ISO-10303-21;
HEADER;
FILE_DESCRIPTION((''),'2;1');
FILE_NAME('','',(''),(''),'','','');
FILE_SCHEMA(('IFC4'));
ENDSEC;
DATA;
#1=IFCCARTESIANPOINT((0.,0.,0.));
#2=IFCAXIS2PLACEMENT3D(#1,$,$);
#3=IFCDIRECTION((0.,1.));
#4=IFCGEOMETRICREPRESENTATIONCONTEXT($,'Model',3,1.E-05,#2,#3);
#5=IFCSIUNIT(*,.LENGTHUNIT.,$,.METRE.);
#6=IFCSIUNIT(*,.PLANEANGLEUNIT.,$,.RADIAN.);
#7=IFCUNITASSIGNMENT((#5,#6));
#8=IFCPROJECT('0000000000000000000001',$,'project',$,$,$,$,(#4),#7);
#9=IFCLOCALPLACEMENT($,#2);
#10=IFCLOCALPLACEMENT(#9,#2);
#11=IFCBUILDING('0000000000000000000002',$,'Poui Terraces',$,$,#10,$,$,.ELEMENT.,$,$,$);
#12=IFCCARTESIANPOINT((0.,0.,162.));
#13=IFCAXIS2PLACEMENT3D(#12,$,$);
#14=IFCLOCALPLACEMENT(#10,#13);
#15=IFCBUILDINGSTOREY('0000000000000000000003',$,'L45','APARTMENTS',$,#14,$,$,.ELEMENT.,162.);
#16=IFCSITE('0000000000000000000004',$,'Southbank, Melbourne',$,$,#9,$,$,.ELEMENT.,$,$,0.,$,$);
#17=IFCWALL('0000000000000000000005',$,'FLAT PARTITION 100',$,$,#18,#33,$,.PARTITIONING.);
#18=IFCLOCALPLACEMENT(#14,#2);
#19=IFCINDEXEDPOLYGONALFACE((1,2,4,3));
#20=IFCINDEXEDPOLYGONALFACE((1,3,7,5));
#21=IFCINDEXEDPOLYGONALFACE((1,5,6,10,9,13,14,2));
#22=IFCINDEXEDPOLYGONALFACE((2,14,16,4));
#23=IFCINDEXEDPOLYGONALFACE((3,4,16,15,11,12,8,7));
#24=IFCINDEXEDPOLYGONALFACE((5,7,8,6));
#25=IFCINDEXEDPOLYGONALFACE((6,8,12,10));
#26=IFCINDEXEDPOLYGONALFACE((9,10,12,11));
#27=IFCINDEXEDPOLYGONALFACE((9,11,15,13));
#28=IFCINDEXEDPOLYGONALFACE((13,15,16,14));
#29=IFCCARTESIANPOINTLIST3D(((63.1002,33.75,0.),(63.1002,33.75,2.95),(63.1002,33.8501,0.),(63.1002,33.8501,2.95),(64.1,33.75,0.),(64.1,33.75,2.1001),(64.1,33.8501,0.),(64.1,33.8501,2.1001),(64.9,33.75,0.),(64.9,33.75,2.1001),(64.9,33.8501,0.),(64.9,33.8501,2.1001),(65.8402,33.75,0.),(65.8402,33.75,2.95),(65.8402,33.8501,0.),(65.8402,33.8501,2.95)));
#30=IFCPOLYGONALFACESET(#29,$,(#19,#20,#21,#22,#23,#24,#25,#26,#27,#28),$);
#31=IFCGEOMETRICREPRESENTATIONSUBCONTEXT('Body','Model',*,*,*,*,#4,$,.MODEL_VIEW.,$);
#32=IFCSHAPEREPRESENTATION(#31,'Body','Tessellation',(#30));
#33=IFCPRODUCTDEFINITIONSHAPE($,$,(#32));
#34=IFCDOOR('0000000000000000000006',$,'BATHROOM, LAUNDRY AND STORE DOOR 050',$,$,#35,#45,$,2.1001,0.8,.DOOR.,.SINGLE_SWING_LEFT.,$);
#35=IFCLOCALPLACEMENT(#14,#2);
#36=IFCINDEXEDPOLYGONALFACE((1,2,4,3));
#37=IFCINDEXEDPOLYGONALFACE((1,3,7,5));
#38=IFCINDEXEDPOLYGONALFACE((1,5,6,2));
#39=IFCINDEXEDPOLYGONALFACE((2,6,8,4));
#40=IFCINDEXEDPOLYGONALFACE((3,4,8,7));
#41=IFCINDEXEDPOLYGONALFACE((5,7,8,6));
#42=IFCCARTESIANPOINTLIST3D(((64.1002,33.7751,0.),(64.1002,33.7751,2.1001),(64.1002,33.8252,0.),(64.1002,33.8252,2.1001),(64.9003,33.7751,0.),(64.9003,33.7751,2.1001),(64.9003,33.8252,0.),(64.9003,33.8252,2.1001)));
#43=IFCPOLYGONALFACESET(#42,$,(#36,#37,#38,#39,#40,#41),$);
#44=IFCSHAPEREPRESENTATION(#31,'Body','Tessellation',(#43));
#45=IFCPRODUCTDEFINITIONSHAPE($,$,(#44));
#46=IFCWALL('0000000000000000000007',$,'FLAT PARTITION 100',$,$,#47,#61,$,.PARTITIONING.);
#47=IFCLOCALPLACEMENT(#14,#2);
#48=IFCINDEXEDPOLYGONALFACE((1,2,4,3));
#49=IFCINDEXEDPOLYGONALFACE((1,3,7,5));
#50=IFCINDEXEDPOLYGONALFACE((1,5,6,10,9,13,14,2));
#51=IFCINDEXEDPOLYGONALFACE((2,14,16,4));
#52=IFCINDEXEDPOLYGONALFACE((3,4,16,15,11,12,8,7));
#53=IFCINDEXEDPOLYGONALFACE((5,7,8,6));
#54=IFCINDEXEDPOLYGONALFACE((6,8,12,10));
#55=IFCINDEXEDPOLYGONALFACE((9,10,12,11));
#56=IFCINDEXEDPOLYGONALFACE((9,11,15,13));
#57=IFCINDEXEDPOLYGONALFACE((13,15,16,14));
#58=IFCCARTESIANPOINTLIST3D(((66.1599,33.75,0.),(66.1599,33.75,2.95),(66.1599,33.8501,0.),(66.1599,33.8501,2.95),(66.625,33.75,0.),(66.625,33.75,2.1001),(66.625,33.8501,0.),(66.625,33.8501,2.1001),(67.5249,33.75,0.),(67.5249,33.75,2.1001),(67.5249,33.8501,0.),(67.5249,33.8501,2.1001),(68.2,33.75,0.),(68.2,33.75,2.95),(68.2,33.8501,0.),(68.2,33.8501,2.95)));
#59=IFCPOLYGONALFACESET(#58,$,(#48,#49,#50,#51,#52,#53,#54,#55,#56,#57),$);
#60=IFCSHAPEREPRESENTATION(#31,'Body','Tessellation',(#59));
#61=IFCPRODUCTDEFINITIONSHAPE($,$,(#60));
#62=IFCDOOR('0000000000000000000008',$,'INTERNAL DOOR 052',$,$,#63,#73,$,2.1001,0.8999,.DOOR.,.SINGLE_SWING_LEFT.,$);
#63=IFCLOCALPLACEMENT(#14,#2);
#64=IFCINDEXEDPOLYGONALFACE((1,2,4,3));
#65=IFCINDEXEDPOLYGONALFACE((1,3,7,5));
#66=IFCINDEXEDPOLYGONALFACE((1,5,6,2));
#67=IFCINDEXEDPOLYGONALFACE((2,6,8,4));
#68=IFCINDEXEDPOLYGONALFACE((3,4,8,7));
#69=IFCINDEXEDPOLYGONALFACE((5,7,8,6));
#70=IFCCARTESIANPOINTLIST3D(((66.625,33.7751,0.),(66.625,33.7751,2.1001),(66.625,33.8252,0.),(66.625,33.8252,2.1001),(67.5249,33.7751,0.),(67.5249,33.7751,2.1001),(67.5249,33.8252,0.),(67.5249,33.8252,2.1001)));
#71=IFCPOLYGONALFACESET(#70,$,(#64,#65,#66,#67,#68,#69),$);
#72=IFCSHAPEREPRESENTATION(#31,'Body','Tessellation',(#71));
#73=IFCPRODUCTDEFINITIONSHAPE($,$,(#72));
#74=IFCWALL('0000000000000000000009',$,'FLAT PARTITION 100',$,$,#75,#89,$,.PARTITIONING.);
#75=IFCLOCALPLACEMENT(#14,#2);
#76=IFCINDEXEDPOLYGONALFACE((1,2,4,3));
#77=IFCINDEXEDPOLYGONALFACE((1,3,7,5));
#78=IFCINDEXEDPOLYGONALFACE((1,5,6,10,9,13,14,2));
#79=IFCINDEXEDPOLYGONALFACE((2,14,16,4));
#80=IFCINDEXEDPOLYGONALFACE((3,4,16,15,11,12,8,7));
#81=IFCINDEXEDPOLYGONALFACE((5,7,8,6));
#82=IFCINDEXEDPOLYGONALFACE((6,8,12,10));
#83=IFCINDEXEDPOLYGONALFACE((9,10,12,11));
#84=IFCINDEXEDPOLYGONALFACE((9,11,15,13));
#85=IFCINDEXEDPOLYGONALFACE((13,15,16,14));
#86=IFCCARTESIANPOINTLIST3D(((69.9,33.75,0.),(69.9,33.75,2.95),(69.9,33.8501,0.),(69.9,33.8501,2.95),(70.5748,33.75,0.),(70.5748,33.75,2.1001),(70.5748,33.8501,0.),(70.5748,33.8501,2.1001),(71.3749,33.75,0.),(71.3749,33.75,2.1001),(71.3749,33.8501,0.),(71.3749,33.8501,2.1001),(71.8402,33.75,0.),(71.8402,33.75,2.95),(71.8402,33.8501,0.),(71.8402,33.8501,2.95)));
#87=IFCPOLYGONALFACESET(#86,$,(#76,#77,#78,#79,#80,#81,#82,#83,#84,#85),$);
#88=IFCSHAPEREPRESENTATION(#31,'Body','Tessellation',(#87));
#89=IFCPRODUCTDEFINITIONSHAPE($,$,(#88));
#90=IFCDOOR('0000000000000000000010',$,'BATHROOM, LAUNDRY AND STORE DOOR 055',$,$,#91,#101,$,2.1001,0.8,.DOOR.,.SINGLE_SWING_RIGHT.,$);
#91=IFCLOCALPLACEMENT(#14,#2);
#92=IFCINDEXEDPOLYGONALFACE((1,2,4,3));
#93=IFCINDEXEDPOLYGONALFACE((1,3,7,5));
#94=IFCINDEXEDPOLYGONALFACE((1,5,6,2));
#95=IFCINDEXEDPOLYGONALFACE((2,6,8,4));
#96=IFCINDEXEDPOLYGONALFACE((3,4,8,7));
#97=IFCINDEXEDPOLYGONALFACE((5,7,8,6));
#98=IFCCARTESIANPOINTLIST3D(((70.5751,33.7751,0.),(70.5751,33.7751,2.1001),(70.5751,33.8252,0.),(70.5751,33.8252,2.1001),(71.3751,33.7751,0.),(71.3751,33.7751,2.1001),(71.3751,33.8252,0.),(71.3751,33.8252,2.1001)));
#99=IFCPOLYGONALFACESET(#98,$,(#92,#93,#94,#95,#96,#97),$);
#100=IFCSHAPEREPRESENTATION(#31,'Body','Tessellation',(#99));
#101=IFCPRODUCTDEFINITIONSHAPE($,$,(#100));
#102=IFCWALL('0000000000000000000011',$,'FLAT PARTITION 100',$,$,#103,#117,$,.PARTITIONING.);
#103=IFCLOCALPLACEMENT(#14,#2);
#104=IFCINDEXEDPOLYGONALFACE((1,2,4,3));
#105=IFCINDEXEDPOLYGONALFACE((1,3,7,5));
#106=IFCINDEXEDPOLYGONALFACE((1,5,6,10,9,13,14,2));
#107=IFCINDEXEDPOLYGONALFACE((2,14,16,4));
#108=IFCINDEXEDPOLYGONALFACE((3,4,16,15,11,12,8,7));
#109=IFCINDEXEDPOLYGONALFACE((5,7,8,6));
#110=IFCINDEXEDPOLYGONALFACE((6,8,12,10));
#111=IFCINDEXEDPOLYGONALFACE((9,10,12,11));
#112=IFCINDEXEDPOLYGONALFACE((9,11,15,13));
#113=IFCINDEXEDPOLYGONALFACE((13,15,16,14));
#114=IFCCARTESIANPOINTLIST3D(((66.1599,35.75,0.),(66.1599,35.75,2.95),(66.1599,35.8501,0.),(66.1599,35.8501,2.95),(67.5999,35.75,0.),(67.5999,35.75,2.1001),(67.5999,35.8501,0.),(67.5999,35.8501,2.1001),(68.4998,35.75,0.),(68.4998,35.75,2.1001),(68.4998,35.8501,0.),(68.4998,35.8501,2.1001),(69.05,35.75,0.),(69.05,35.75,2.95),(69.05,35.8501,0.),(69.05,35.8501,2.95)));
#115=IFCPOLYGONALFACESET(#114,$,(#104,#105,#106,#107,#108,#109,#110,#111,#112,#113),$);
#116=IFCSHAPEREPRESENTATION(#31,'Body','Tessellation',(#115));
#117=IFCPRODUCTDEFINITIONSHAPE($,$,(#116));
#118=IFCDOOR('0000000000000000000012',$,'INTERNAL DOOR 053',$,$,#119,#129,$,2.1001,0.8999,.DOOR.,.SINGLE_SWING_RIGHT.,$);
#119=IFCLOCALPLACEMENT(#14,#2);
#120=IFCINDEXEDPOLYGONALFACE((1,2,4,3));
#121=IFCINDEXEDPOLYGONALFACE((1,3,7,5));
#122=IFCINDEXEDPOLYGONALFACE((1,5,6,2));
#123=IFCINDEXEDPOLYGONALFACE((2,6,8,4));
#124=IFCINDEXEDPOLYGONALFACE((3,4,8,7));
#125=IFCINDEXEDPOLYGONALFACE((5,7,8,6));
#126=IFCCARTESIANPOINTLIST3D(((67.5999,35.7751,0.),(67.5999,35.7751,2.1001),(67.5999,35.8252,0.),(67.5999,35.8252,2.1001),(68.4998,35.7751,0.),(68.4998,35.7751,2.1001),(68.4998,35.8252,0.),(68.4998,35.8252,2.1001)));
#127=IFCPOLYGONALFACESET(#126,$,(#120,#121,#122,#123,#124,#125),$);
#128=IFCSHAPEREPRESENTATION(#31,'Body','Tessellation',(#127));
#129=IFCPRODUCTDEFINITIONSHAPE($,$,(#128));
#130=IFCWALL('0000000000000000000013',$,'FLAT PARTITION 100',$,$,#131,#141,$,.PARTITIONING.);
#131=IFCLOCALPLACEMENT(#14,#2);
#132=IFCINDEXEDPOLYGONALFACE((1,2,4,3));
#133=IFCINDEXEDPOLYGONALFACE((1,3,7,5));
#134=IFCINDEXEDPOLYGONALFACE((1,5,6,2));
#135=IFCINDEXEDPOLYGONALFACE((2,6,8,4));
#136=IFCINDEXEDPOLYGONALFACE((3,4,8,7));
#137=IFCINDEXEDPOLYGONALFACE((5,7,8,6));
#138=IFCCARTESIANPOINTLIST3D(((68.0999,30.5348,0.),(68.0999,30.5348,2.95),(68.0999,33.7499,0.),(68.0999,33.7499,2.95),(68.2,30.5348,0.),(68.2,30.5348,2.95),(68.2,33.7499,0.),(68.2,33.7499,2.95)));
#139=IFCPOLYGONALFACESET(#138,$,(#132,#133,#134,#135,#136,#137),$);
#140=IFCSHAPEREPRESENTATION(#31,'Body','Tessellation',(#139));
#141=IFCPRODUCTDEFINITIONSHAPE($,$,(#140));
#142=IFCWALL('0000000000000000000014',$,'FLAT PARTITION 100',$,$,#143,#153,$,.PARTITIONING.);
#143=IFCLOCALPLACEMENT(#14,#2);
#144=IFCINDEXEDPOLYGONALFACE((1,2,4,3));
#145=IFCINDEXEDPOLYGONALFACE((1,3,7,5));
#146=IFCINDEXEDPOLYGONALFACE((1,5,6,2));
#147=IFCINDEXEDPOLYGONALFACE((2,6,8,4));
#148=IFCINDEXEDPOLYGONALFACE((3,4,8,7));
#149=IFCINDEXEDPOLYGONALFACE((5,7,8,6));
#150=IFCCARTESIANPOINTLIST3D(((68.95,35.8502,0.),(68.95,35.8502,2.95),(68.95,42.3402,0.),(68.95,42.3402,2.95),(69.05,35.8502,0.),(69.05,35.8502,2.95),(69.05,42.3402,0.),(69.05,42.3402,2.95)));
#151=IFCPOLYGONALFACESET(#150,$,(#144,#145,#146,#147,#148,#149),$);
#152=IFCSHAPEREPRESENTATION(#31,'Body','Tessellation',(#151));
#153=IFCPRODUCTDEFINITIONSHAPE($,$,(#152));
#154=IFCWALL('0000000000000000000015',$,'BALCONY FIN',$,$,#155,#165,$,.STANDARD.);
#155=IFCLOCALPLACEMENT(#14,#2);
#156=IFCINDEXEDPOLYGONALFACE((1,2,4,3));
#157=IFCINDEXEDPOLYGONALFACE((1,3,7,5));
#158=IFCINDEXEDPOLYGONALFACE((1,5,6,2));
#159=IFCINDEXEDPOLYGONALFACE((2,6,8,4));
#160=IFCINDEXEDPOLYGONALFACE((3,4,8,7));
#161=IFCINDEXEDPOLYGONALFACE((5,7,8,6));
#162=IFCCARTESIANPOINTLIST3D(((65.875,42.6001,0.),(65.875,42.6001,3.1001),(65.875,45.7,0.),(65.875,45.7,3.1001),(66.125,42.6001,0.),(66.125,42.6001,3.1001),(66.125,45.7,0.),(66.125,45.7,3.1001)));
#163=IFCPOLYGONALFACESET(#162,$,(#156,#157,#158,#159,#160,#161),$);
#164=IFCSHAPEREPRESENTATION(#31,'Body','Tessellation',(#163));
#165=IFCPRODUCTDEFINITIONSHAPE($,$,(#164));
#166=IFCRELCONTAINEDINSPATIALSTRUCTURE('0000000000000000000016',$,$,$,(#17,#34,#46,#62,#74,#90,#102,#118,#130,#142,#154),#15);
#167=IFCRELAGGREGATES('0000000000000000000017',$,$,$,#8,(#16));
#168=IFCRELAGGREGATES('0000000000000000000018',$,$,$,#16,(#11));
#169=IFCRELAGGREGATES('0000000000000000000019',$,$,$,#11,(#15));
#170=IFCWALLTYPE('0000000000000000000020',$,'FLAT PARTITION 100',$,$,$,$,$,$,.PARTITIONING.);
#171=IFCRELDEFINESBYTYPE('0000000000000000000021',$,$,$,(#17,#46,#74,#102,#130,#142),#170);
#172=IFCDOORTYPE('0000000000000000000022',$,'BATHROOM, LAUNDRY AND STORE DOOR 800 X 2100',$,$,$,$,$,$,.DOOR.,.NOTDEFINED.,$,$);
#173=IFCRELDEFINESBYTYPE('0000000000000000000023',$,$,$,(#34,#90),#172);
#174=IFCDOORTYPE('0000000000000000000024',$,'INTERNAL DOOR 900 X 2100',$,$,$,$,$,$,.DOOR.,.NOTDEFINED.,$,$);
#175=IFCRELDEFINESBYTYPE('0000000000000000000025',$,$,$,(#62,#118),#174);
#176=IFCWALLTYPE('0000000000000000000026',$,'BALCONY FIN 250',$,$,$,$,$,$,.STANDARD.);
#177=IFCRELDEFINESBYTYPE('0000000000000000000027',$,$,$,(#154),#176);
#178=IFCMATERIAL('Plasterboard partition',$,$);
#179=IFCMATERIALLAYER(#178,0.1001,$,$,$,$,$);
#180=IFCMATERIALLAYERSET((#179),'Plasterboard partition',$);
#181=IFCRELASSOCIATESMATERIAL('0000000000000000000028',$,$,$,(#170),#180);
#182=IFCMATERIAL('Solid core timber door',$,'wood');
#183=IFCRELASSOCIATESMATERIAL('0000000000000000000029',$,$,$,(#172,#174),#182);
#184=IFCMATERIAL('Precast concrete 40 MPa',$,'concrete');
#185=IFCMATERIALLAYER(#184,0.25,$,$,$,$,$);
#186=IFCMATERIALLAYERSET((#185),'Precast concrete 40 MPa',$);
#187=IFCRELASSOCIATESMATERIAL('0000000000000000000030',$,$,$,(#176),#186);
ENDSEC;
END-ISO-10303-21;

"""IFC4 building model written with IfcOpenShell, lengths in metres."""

from ifc_helpers import new_model, si_unit, direction, frame, frame_2d, origin, place, context, subcontext, project, spatial, polyline, rectangle, outline, extrude, source, transform, mapped, material, layer, layer_set, type_object, element, fill, save


model = new_model("IFC4")

# Units and contexts
model_context = context("Model", 3, precision=1e-05, world=origin(), true_north=direction((0.0, 1.0)))
body_context = subcontext(model_context, "Body", "Model", "MODEL_VIEW")
ifc_project = project(units=[si_unit("LENGTHUNIT", "METRE"), si_unit("PLANEANGLEUNIT", "RADIAN")], contexts=[model_context])

# Site, building, storey
site_placement = place(None, origin())
site = spatial("IfcSite", under=ifc_project, at=site_placement, Name="Southbank, Melbourne", CompositionType="ELEMENT", RefElevation=0.0)
building_placement = place(site_placement, origin())
building = spatial("IfcBuilding", under=site, at=building_placement, Name="Poui Terraces", CompositionType="ELEMENT")
storey_placement = place(building_placement, frame((0.0, 0.0, 162.0)))
storey = spatial("IfcBuildingStorey", under=building, at=storey_placement, Name="L45", Description="APARTMENTS", CompositionType="ELEMENT", Elevation=162.0)

# Walls, openings, doors
ifc_material_1 = material(Name="Plasterboard partition")
ifc_layer_1 = layer(ifc_material_1, 0.1001)
ifc_layer_set_1 = layer_set([ifc_layer_1], Name="Plasterboard partition")
wall_type_1 = type_object("IfcWallType", Name="FLAT PARTITION 100", PredefinedType="PARTITIONING", material=ifc_layer_set_1)
wall_1_placement = place(storey_placement, frame((63.1001, 33.8, 0.0), z_axis=(0.0, 0.0, 1.0), x_axis=(1.0, 0.0, 0.0)))
wall_1 = element("IfcWall", 1, at=wall_1_placement, inside=storey, type_object=wall_type_1, Name="FLAT PARTITION 100", PredefinedType="PARTITIONING", context=body_context, shape_type="SweptSolid", body=[
    extrude(rectangle(XDim=2.74, YDim=0.1001, at=frame_2d((1.3701, 0.0))), origin(), (0.0, 0.0, 1.0), 2.95),
])
opening_1_placement = place(wall_1_placement, frame((1.0, 0.0, 0.0)))
opening_1 = element("IfcOpeningElement", 2, at=opening_1_placement, cuts=wall_1, PredefinedType="OPENING", context=body_context, shape_type="SweptSolid", body=[
    extrude(rectangle(XDim=0.8, YDim=2.1001, at=frame_2d((0.3999, 1.05))), frame((0.0, 0.0601, 0.0), z_axis=(0.0, -1.0, 0.0), x_axis=(1.0, 0.0, 0.0)), (0.0, 0.0, 1.0), 0.1201),
])
ifc_material_2 = material(Name="Solid core timber door", Category="wood")
door_type_1 = type_object("IfcDoorType", Name="BATHROOM, LAUNDRY AND STORE DOOR 800 X 2100", OperationType="NOTDEFINED", PredefinedType="DOOR", material=ifc_material_2)
door_1_placement = place(opening_1_placement, frame((0.8, 0.0, 0.0), z_axis=(0.0, 0.0, 1.0), x_axis=(-1.0, 0.0, 0.0)))
door_1 = element("IfcDoor", 3, at=door_1_placement, inside=storey, type_object=door_type_1, Name="BATHROOM, LAUNDRY AND STORE DOOR 050", OperationType="SINGLE_SWING_LEFT", OverallHeight=2.1001, OverallWidth=0.8, PredefinedType="DOOR", context=body_context, shape_type="SweptSolid", body=[
    extrude(rectangle(XDim=0.8, YDim=2.1001, at=frame_2d((0.3999, 1.05))), frame((0.0, 0.0249, 0.0), z_axis=(0.0, -1.0, 0.0), x_axis=(1.0, 0.0, 0.0)), (0.0, 0.0, 1.0), 0.05),
])
fill(opening_1, door_1)
wall_2_placement = place(storey_placement, frame((66.1599, 33.8, 0.0), z_axis=(0.0, 0.0, 1.0), x_axis=(1.0, 0.0, 0.0)))
wall_2 = element("IfcWall", 4, at=wall_2_placement, inside=storey, type_object=wall_type_1, Name="FLAT PARTITION 100", PredefinedType="PARTITIONING", context=body_context, shape_type="SweptSolid", body=[
    extrude(rectangle(XDim=2.04, YDim=0.1001, at=frame_2d((1.02, 0.0))), origin(), (0.0, 0.0, 1.0), 2.95),
])
opening_2_placement = place(wall_2_placement, frame((0.4651, 0.0, 0.0)))
opening_2 = element("IfcOpeningElement", 5, at=opening_2_placement, cuts=wall_2, PredefinedType="OPENING", context=body_context, shape_type="SweptSolid", body=[
    extrude(rectangle(XDim=0.8999, YDim=2.1001, at=frame_2d((0.45, 1.05))), frame((0.0, 0.0601, 0.0), z_axis=(0.0, -1.0, 0.0), x_axis=(1.0, 0.0, 0.0)), (0.0, 0.0, 1.0), 0.1201),
])
door_type_2 = type_object("IfcDoorType", Name="INTERNAL DOOR 900 X 2100", OperationType="NOTDEFINED", PredefinedType="DOOR", material=ifc_material_2)
door_2_placement = place(opening_2_placement, frame((0.8999, 0.0, 0.0), z_axis=(0.0, 0.0, 1.0), x_axis=(-1.0, 0.0, 0.0)))
door_2 = element("IfcDoor", 6, at=door_2_placement, inside=storey, type_object=door_type_2, Name="INTERNAL DOOR 052", OperationType="SINGLE_SWING_LEFT", OverallHeight=2.1001, OverallWidth=0.8999, PredefinedType="DOOR", context=body_context, shape_type="SweptSolid", body=[
    extrude(rectangle(XDim=0.8999, YDim=2.1001, at=frame_2d((0.45, 1.05))), frame((0.0, 0.0249, 0.0), z_axis=(0.0, -1.0, 0.0), x_axis=(1.0, 0.0, 0.0)), (0.0, 0.0, 1.0), 0.05),
])
fill(opening_2, door_2)
wall_3_placement = place(storey_placement, frame((69.8999, 33.8, 0.0), z_axis=(0.0, 0.0, 1.0), x_axis=(1.0, 0.0, 0.0)))
wall_3 = element("IfcWall", 7, at=wall_3_placement, inside=storey, type_object=wall_type_1, Name="FLAT PARTITION 100", PredefinedType="PARTITIONING", context=body_context, shape_type="SweptSolid", body=[
    extrude(rectangle(XDim=1.9402, YDim=0.1001, at=frame_2d((0.9702, 0.0))), origin(), (0.0, 0.0, 1.0), 2.95),
])
opening_3_placement = place(wall_3_placement, frame((0.675, 0.0, 0.0)))
opening_3 = element("IfcOpeningElement", 8, at=opening_3_placement, cuts=wall_3, PredefinedType="OPENING", context=body_context, shape_type="SweptSolid", body=[
    extrude(rectangle(XDim=0.8, YDim=2.1001, at=frame_2d((0.3999, 1.05))), frame((0.0, 0.0601, 0.0), z_axis=(0.0, -1.0, 0.0), x_axis=(1.0, 0.0, 0.0)), (0.0, 0.0, 1.0), 0.1201),
])
door_3_placement = place(opening_3_placement, frame((0.8, 0.0, 0.0), z_axis=(0.0, 0.0, 1.0), x_axis=(-1.0, 0.0, 0.0)))
door_3 = element("IfcDoor", 9, at=door_3_placement, inside=storey, type_object=door_type_1, Name="BATHROOM, LAUNDRY AND STORE DOOR 055", OperationType="SINGLE_SWING_RIGHT", OverallHeight=2.1001, OverallWidth=0.8, PredefinedType="DOOR", context=body_context, shape_type="SweptSolid", body=[
    extrude(rectangle(XDim=0.8, YDim=2.1001, at=frame_2d((0.3999, 1.05))), frame((0.0, 0.0249, 0.0), z_axis=(0.0, -1.0, 0.0), x_axis=(1.0, 0.0, 0.0)), (0.0, 0.0, 1.0), 0.05),
])
fill(opening_3, door_3)
wall_4_placement = place(storey_placement, frame((66.1599, 35.8, 0.0), z_axis=(0.0, 0.0, 1.0), x_axis=(1.0, 0.0, 0.0)))
wall_4 = element("IfcWall", 10, at=wall_4_placement, inside=storey, type_object=wall_type_1, Name="FLAT PARTITION 100", PredefinedType="PARTITIONING", context=body_context, shape_type="SweptSolid", body=[
    extrude(rectangle(XDim=2.8901, YDim=0.1001, at=frame_2d((1.4451, 0.0))), origin(), (0.0, 0.0, 1.0), 2.95),
])
opening_4_placement = place(wall_4_placement, frame((1.4399, 0.0, 0.0)))
opening_4 = element("IfcOpeningElement", 11, at=opening_4_placement, cuts=wall_4, PredefinedType="OPENING", context=body_context, shape_type="SweptSolid", body=[
    extrude(rectangle(XDim=0.8999, YDim=2.1001, at=frame_2d((0.45, 1.05))), frame((0.0, 0.0601, 0.0), z_axis=(0.0, -1.0, 0.0), x_axis=(1.0, 0.0, 0.0)), (0.0, 0.0, 1.0), 0.1201),
])
door_4_placement = place(opening_4_placement, frame((0.8999, 0.0, 0.0), z_axis=(0.0, 0.0, 1.0), x_axis=(-1.0, 0.0, 0.0)))
door_4 = element("IfcDoor", 12, at=door_4_placement, inside=storey, type_object=door_type_2, Name="INTERNAL DOOR 053", OperationType="SINGLE_SWING_RIGHT", OverallHeight=2.1001, OverallWidth=0.8999, PredefinedType="DOOR", context=body_context, shape_type="SweptSolid", body=[
    extrude(rectangle(XDim=0.8999, YDim=2.1001, at=frame_2d((0.45, 1.05))), frame((0.0, 0.0249, 0.0), z_axis=(0.0, -1.0, 0.0), x_axis=(1.0, 0.0, 0.0)), (0.0, 0.0, 1.0), 0.05),
])
fill(opening_4, door_4)

# Walls
wall_5_placement = place(storey_placement, frame((68.1499, 30.5349, 0.0), z_axis=(0.0, 0.0, 1.0), x_axis=(0.0, 1.0, 0.0)))
element("IfcWall", 13, at=wall_5_placement, inside=storey, type_object=wall_type_1, Name="FLAT PARTITION 100", PredefinedType="PARTITIONING", context=body_context, shape_type="SweptSolid", body=[
    extrude(rectangle(XDim=3.2151, YDim=0.1001, at=frame_2d((1.6074, 0.0))), origin(), (0.0, 0.0, 1.0), 2.95),
])
wall_6_placement = place(storey_placement, frame((69.0, 35.8501, 0.0), z_axis=(0.0, 0.0, 1.0), x_axis=(0.0, 1.0, 0.0)))
element("IfcWall", 14, at=wall_6_placement, inside=storey, type_object=wall_type_1, Name="FLAT PARTITION 100", PredefinedType="PARTITIONING", context=body_context, shape_type="SweptSolid", body=[
    extrude(rectangle(XDim=6.49, YDim=0.1001, at=frame_2d((3.2451, 0.0))), origin(), (0.0, 0.0, 1.0), 2.95),
])
ifc_material_3 = material(Name="Precast concrete 40 MPa", Category="concrete")
ifc_layer_2 = layer(ifc_material_3, 0.25)
ifc_layer_set_2 = layer_set([ifc_layer_2], Name="Precast concrete 40 MPa")
wall_type_2 = type_object("IfcWallType", Name="BALCONY FIN 250", PredefinedType="STANDARD", material=ifc_layer_set_2)
shared_shape_1 = source(origin(), body_context, "Body", "SweptSolid", [
    extrude(outline(polyline([(0.0, 0.0), (0.25, 0.0), (0.25, 3.0999), (0.0, 3.0999), (0.0, 0.0)])), origin(), (0.0, 0.0, 1.0), 3.1001),
])
wall_7_placement = place(storey_placement, frame((65.875, 42.6001, 0.0)))
element("IfcWall", 15, at=wall_7_placement, inside=storey, type_object=wall_type_2, Name="BALCONY FIN", PredefinedType="STANDARD", context=body_context, shape_type="MappedRepresentation", body=[
    mapped(shared_shape_1, transform((0.0, 0.0, 0.0))),
])

save(model, "model.ifc")
